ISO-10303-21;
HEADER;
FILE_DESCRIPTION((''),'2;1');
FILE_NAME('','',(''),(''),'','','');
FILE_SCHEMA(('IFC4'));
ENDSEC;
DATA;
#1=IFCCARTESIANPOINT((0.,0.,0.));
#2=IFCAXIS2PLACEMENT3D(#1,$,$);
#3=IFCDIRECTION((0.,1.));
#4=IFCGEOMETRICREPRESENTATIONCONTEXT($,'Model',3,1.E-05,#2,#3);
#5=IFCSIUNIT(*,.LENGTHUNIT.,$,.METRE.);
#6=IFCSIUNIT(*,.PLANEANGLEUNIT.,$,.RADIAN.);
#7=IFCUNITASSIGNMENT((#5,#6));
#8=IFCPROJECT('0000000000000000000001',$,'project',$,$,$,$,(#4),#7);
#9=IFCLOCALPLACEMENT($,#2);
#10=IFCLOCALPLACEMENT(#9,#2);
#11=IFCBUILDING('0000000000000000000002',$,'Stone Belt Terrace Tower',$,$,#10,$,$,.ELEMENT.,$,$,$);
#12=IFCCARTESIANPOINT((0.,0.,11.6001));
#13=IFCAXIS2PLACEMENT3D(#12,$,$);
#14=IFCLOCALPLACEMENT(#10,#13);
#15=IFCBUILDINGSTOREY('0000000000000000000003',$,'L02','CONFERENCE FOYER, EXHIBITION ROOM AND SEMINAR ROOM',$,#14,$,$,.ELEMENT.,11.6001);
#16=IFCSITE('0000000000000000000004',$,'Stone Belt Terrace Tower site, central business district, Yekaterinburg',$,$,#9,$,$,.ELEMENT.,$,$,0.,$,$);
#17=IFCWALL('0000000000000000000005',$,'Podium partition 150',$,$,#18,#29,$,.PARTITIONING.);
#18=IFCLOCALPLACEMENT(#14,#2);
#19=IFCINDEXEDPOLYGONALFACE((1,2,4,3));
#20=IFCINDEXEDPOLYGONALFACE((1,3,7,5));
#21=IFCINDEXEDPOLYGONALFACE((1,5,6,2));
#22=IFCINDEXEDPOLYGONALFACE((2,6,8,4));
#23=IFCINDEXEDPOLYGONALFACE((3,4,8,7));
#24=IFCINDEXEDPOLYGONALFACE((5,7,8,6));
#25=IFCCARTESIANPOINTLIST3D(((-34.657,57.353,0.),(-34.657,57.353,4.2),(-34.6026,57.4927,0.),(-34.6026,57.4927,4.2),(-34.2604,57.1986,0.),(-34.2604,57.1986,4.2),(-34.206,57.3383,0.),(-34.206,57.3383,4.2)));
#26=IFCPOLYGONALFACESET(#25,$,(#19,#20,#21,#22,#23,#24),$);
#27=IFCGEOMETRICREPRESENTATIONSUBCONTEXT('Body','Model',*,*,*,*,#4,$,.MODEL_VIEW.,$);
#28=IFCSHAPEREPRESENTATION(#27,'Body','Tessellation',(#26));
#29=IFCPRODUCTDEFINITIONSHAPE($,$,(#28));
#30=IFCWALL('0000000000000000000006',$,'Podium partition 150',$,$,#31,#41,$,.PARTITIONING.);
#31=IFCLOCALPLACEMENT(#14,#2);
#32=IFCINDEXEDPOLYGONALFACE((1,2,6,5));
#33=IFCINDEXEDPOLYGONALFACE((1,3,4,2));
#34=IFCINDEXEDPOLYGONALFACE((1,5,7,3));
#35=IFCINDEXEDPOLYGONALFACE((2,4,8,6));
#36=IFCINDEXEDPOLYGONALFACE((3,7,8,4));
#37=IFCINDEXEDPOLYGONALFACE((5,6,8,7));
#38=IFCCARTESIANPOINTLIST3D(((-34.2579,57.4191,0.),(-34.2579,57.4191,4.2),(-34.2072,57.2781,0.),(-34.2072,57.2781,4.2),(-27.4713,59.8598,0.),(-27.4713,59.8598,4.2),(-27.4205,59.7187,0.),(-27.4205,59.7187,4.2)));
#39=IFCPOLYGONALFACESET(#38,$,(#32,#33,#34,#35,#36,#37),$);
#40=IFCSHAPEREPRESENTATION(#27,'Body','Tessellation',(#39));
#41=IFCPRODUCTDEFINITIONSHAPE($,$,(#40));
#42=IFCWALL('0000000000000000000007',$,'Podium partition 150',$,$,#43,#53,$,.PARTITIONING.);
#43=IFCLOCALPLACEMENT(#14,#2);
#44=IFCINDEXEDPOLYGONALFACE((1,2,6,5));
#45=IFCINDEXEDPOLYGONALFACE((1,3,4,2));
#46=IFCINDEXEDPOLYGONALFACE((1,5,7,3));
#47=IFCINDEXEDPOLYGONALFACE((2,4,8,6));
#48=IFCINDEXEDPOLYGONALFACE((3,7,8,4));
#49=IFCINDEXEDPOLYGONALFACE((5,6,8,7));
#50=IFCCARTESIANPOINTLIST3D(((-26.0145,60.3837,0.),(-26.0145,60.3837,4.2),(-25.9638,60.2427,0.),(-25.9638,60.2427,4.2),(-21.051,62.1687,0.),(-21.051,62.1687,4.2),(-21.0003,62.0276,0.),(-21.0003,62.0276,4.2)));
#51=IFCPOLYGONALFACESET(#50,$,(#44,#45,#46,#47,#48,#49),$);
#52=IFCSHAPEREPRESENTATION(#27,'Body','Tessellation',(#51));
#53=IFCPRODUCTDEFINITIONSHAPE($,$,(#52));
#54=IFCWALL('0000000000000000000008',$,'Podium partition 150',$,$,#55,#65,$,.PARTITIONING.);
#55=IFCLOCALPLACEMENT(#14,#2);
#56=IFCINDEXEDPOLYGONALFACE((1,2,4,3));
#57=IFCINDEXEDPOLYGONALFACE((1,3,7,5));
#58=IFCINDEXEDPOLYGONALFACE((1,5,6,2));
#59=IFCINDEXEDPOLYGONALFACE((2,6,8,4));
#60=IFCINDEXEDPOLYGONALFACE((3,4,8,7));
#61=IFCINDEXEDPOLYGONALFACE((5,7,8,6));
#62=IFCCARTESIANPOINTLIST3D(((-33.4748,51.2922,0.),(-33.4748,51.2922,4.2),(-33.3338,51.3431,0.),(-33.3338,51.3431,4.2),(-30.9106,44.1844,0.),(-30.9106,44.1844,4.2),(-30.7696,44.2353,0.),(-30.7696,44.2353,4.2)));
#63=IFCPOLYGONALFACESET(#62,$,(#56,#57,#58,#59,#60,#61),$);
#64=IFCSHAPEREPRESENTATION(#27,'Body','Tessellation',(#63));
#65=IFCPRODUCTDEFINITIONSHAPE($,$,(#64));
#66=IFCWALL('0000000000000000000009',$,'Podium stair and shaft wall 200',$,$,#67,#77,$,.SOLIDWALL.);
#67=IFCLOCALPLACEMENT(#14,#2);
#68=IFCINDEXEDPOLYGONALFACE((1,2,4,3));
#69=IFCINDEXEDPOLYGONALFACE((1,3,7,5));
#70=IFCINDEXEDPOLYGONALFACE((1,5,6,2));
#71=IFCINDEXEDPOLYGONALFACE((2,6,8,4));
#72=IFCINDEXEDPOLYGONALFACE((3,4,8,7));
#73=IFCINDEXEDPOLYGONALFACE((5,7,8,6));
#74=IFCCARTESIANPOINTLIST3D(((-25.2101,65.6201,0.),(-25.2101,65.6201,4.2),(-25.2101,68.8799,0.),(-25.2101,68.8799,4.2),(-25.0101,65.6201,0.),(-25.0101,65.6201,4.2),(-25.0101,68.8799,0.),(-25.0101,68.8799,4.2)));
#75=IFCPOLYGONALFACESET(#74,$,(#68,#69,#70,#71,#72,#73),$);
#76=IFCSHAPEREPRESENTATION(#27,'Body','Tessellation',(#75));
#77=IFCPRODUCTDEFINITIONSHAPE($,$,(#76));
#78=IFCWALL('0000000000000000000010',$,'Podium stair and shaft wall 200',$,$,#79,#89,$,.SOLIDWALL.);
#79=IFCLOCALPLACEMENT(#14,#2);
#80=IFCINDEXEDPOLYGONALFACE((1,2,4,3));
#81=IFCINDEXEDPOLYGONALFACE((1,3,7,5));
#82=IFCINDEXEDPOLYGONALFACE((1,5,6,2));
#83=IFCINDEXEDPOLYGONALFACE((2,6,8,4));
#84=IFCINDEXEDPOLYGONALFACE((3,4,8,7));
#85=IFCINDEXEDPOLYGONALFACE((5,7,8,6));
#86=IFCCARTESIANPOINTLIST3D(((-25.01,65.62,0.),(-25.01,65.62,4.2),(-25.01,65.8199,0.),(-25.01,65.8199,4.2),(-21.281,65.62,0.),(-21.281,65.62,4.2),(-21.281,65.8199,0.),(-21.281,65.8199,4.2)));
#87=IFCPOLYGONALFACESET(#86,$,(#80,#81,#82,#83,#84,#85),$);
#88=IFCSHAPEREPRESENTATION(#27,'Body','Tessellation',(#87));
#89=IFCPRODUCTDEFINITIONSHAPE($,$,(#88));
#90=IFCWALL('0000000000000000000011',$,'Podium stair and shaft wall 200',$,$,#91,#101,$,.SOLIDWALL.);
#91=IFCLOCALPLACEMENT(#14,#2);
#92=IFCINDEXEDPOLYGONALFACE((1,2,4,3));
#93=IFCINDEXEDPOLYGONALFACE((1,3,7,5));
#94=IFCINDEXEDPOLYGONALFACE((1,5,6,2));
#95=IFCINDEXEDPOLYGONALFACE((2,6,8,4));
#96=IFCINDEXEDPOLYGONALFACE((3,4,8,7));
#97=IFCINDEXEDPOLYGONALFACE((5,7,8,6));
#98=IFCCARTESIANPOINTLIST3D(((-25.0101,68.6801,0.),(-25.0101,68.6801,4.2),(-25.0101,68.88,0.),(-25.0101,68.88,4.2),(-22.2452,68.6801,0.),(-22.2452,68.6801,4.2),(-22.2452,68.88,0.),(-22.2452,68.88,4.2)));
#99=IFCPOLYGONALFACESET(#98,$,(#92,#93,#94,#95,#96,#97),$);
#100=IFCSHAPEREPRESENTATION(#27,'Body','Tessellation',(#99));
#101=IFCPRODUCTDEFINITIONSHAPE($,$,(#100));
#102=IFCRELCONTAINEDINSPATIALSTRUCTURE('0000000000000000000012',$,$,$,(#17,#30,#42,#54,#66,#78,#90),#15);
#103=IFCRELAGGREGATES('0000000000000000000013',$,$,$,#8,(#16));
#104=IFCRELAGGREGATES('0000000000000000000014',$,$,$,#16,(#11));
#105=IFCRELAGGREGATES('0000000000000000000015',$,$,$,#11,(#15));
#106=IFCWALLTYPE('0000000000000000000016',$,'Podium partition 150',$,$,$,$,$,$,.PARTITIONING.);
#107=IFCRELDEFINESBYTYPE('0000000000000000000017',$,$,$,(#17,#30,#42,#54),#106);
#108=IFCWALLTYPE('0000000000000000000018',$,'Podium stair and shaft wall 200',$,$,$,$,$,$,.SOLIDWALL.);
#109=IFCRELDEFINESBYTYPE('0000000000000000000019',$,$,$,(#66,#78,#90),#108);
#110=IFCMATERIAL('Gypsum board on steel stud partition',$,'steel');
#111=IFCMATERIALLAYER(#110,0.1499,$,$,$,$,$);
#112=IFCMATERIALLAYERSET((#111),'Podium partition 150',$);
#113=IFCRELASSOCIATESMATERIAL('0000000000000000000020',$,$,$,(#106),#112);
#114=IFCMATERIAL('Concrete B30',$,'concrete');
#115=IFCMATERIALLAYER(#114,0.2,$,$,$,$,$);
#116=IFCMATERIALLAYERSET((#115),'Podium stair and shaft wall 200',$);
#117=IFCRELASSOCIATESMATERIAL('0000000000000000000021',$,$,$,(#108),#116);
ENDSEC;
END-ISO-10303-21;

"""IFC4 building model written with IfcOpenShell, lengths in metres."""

from ifc_helpers import new_model, si_unit, direction, frame, frame_2d, origin, place, context, subcontext, project, spatial, rectangle, extrude, material, layer, layer_set, type_object, element, save


model = new_model("IFC4")

# Units and contexts
model_context = context("Model", 3, precision=1e-05, world=origin(), true_north=direction((0.0, 1.0)))
body_context = subcontext(model_context, "Body", "Model", "MODEL_VIEW")
ifc_project = project(units=[si_unit("LENGTHUNIT", "METRE"), si_unit("PLANEANGLEUNIT", "RADIAN")], contexts=[model_context])

# Site, building, storey
site_placement = place(None, origin())
site = spatial("IfcSite", under=ifc_project, at=site_placement, Name="Stone Belt Terrace Tower site, central business district, Yekaterinburg", CompositionType="ELEMENT", RefElevation=0.0)
building_placement = place(site_placement, origin())
building = spatial("IfcBuilding", under=site, at=building_placement, Name="Stone Belt Terrace Tower", CompositionType="ELEMENT")
storey_placement = place(building_placement, frame((0.0, 0.0, 11.6001)))
storey = spatial("IfcBuildingStorey", under=building, at=storey_placement, Name="L02", Description="CONFERENCE FOYER, EXHIBITION ROOM AND SEMINAR ROOM", CompositionType="ELEMENT", Elevation=11.6001)

# Walls
ifc_material_1 = material(Name="Gypsum board on steel stud partition", Category="steel")
ifc_layer_1 = layer(ifc_material_1, 0.1499)
ifc_layer_set_1 = layer_set([ifc_layer_1], Name="Podium partition 150")
wall_type_1 = type_object("IfcWallType", Name="Podium partition 150", PredefinedType="PARTITIONING", material=ifc_layer_set_1)
wall_1_placement = place(storey_placement, frame((-34.6299, 57.4229, 0.0), z_axis=(0.0, 0.0, 1.0), x_axis=(0.931918, -0.362668, 0.0)))
element("IfcWall", 1, at=wall_1_placement, inside=storey, type_object=wall_type_1, Name="Podium partition 150", PredefinedType="PARTITIONING", context=body_context, shape_type="SweptSolid", body=[
    extrude(rectangle(XDim=0.4255, YDim=0.1499, at=frame_2d((0.2129, 0.0))), origin(), (0.0, 0.0, 1.0), 4.2),
])
wall_2_placement = place(storey_placement, frame((-34.2324, 57.3486, 0.0), z_axis=(0.0, 0.0, 1.0), x_axis=(0.940998, 0.338411, 0.0)))
element("IfcWall", 2, at=wall_2_placement, inside=storey, type_object=wall_type_1, Name="Podium partition 150", PredefinedType="PARTITIONING", context=body_context, shape_type="SweptSolid", body=[
    extrude(rectangle(XDim=7.2122, YDim=0.1499, at=frame_2d((3.606, 0.0))), origin(), (0.0, 0.0, 1.0), 4.2),
])
wall_3_placement = place(storey_placement, frame((-25.989, 60.3132, 0.0), z_axis=(0.0, 0.0, 1.0), x_axis=(0.941002, 0.3384, 0.0)))
element("IfcWall", 3, at=wall_3_placement, inside=storey, type_object=wall_type_1, Name="Podium partition 150", PredefinedType="PARTITIONING", context=body_context, shape_type="SweptSolid", body=[
    extrude(rectangle(XDim=5.2747, YDim=0.1499, at=frame_2d((2.6372, 0.0))), origin(), (0.0, 0.0, 1.0), 4.2),
])
wall_4_placement = place(storey_placement, frame((-33.4043, 51.3176, 0.0), z_axis=(0.0, 0.0, 1.0), x_axis=(0.339358, -0.940657, 0.0)))
element("IfcWall", 4, at=wall_4_placement, inside=storey, type_object=wall_type_1, Name="Podium partition 150", PredefinedType="PARTITIONING", context=body_context, shape_type="SweptSolid", body=[
    extrude(rectangle(XDim=7.5562, YDim=0.1499, at=frame_2d((3.7781, 0.0))), origin(), (0.0, 0.0, 1.0), 4.2),
])
ifc_material_2 = material(Name="Concrete B30", Category="concrete")
ifc_layer_2 = layer(ifc_material_2, 0.2)
ifc_layer_set_2 = layer_set([ifc_layer_2], Name="Podium stair and shaft wall 200")
wall_type_2 = type_object("IfcWallType", Name="Podium stair and shaft wall 200", PredefinedType="SOLIDWALL", material=ifc_layer_set_2)
wall_5_placement = place(storey_placement, frame((-25.1101, 65.6201, 0.0), z_axis=(0.0, 0.0, 1.0), x_axis=(0.0, 1.0, 0.0)))
element("IfcWall", 5, at=wall_5_placement, inside=storey, type_object=wall_type_2, Name="Podium stair and shaft wall 200", PredefinedType="SOLIDWALL", context=body_context, shape_type="SweptSolid", body=[
    extrude(rectangle(XDim=3.2598, YDim=0.2, at=frame_2d((1.6299, 0.0))), origin(), (0.0, 0.0, 1.0), 4.2),
])
wall_6_placement = place(storey_placement, frame((-25.01, 65.72, 0.0), z_axis=(0.0, 0.0, 1.0), x_axis=(1.0, 0.0, 0.0)))
element("IfcWall", 6, at=wall_6_placement, inside=storey, type_object=wall_type_2, Name="Podium stair and shaft wall 200", PredefinedType="SOLIDWALL", context=body_context, shape_type="SweptSolid", body=[
    extrude(rectangle(XDim=3.729, YDim=0.2, at=frame_2d((1.8645, 0.0))), origin(), (0.0, 0.0, 1.0), 4.2),
])
wall_7_placement = place(storey_placement, frame((-25.01, 68.78, 0.0), z_axis=(0.0, 0.0, 1.0), x_axis=(1.0, 0.0, 0.0)))
element("IfcWall", 7, at=wall_7_placement, inside=storey, type_object=wall_type_2, Name="Podium stair and shaft wall 200", PredefinedType="SOLIDWALL", context=body_context, shape_type="SweptSolid", body=[
    extrude(rectangle(XDim=2.7649, YDim=0.2, at=frame_2d((1.3823, 0.0))), origin(), (0.0, 0.0, 1.0), 4.2),
])

save(model, "model.ifc")
